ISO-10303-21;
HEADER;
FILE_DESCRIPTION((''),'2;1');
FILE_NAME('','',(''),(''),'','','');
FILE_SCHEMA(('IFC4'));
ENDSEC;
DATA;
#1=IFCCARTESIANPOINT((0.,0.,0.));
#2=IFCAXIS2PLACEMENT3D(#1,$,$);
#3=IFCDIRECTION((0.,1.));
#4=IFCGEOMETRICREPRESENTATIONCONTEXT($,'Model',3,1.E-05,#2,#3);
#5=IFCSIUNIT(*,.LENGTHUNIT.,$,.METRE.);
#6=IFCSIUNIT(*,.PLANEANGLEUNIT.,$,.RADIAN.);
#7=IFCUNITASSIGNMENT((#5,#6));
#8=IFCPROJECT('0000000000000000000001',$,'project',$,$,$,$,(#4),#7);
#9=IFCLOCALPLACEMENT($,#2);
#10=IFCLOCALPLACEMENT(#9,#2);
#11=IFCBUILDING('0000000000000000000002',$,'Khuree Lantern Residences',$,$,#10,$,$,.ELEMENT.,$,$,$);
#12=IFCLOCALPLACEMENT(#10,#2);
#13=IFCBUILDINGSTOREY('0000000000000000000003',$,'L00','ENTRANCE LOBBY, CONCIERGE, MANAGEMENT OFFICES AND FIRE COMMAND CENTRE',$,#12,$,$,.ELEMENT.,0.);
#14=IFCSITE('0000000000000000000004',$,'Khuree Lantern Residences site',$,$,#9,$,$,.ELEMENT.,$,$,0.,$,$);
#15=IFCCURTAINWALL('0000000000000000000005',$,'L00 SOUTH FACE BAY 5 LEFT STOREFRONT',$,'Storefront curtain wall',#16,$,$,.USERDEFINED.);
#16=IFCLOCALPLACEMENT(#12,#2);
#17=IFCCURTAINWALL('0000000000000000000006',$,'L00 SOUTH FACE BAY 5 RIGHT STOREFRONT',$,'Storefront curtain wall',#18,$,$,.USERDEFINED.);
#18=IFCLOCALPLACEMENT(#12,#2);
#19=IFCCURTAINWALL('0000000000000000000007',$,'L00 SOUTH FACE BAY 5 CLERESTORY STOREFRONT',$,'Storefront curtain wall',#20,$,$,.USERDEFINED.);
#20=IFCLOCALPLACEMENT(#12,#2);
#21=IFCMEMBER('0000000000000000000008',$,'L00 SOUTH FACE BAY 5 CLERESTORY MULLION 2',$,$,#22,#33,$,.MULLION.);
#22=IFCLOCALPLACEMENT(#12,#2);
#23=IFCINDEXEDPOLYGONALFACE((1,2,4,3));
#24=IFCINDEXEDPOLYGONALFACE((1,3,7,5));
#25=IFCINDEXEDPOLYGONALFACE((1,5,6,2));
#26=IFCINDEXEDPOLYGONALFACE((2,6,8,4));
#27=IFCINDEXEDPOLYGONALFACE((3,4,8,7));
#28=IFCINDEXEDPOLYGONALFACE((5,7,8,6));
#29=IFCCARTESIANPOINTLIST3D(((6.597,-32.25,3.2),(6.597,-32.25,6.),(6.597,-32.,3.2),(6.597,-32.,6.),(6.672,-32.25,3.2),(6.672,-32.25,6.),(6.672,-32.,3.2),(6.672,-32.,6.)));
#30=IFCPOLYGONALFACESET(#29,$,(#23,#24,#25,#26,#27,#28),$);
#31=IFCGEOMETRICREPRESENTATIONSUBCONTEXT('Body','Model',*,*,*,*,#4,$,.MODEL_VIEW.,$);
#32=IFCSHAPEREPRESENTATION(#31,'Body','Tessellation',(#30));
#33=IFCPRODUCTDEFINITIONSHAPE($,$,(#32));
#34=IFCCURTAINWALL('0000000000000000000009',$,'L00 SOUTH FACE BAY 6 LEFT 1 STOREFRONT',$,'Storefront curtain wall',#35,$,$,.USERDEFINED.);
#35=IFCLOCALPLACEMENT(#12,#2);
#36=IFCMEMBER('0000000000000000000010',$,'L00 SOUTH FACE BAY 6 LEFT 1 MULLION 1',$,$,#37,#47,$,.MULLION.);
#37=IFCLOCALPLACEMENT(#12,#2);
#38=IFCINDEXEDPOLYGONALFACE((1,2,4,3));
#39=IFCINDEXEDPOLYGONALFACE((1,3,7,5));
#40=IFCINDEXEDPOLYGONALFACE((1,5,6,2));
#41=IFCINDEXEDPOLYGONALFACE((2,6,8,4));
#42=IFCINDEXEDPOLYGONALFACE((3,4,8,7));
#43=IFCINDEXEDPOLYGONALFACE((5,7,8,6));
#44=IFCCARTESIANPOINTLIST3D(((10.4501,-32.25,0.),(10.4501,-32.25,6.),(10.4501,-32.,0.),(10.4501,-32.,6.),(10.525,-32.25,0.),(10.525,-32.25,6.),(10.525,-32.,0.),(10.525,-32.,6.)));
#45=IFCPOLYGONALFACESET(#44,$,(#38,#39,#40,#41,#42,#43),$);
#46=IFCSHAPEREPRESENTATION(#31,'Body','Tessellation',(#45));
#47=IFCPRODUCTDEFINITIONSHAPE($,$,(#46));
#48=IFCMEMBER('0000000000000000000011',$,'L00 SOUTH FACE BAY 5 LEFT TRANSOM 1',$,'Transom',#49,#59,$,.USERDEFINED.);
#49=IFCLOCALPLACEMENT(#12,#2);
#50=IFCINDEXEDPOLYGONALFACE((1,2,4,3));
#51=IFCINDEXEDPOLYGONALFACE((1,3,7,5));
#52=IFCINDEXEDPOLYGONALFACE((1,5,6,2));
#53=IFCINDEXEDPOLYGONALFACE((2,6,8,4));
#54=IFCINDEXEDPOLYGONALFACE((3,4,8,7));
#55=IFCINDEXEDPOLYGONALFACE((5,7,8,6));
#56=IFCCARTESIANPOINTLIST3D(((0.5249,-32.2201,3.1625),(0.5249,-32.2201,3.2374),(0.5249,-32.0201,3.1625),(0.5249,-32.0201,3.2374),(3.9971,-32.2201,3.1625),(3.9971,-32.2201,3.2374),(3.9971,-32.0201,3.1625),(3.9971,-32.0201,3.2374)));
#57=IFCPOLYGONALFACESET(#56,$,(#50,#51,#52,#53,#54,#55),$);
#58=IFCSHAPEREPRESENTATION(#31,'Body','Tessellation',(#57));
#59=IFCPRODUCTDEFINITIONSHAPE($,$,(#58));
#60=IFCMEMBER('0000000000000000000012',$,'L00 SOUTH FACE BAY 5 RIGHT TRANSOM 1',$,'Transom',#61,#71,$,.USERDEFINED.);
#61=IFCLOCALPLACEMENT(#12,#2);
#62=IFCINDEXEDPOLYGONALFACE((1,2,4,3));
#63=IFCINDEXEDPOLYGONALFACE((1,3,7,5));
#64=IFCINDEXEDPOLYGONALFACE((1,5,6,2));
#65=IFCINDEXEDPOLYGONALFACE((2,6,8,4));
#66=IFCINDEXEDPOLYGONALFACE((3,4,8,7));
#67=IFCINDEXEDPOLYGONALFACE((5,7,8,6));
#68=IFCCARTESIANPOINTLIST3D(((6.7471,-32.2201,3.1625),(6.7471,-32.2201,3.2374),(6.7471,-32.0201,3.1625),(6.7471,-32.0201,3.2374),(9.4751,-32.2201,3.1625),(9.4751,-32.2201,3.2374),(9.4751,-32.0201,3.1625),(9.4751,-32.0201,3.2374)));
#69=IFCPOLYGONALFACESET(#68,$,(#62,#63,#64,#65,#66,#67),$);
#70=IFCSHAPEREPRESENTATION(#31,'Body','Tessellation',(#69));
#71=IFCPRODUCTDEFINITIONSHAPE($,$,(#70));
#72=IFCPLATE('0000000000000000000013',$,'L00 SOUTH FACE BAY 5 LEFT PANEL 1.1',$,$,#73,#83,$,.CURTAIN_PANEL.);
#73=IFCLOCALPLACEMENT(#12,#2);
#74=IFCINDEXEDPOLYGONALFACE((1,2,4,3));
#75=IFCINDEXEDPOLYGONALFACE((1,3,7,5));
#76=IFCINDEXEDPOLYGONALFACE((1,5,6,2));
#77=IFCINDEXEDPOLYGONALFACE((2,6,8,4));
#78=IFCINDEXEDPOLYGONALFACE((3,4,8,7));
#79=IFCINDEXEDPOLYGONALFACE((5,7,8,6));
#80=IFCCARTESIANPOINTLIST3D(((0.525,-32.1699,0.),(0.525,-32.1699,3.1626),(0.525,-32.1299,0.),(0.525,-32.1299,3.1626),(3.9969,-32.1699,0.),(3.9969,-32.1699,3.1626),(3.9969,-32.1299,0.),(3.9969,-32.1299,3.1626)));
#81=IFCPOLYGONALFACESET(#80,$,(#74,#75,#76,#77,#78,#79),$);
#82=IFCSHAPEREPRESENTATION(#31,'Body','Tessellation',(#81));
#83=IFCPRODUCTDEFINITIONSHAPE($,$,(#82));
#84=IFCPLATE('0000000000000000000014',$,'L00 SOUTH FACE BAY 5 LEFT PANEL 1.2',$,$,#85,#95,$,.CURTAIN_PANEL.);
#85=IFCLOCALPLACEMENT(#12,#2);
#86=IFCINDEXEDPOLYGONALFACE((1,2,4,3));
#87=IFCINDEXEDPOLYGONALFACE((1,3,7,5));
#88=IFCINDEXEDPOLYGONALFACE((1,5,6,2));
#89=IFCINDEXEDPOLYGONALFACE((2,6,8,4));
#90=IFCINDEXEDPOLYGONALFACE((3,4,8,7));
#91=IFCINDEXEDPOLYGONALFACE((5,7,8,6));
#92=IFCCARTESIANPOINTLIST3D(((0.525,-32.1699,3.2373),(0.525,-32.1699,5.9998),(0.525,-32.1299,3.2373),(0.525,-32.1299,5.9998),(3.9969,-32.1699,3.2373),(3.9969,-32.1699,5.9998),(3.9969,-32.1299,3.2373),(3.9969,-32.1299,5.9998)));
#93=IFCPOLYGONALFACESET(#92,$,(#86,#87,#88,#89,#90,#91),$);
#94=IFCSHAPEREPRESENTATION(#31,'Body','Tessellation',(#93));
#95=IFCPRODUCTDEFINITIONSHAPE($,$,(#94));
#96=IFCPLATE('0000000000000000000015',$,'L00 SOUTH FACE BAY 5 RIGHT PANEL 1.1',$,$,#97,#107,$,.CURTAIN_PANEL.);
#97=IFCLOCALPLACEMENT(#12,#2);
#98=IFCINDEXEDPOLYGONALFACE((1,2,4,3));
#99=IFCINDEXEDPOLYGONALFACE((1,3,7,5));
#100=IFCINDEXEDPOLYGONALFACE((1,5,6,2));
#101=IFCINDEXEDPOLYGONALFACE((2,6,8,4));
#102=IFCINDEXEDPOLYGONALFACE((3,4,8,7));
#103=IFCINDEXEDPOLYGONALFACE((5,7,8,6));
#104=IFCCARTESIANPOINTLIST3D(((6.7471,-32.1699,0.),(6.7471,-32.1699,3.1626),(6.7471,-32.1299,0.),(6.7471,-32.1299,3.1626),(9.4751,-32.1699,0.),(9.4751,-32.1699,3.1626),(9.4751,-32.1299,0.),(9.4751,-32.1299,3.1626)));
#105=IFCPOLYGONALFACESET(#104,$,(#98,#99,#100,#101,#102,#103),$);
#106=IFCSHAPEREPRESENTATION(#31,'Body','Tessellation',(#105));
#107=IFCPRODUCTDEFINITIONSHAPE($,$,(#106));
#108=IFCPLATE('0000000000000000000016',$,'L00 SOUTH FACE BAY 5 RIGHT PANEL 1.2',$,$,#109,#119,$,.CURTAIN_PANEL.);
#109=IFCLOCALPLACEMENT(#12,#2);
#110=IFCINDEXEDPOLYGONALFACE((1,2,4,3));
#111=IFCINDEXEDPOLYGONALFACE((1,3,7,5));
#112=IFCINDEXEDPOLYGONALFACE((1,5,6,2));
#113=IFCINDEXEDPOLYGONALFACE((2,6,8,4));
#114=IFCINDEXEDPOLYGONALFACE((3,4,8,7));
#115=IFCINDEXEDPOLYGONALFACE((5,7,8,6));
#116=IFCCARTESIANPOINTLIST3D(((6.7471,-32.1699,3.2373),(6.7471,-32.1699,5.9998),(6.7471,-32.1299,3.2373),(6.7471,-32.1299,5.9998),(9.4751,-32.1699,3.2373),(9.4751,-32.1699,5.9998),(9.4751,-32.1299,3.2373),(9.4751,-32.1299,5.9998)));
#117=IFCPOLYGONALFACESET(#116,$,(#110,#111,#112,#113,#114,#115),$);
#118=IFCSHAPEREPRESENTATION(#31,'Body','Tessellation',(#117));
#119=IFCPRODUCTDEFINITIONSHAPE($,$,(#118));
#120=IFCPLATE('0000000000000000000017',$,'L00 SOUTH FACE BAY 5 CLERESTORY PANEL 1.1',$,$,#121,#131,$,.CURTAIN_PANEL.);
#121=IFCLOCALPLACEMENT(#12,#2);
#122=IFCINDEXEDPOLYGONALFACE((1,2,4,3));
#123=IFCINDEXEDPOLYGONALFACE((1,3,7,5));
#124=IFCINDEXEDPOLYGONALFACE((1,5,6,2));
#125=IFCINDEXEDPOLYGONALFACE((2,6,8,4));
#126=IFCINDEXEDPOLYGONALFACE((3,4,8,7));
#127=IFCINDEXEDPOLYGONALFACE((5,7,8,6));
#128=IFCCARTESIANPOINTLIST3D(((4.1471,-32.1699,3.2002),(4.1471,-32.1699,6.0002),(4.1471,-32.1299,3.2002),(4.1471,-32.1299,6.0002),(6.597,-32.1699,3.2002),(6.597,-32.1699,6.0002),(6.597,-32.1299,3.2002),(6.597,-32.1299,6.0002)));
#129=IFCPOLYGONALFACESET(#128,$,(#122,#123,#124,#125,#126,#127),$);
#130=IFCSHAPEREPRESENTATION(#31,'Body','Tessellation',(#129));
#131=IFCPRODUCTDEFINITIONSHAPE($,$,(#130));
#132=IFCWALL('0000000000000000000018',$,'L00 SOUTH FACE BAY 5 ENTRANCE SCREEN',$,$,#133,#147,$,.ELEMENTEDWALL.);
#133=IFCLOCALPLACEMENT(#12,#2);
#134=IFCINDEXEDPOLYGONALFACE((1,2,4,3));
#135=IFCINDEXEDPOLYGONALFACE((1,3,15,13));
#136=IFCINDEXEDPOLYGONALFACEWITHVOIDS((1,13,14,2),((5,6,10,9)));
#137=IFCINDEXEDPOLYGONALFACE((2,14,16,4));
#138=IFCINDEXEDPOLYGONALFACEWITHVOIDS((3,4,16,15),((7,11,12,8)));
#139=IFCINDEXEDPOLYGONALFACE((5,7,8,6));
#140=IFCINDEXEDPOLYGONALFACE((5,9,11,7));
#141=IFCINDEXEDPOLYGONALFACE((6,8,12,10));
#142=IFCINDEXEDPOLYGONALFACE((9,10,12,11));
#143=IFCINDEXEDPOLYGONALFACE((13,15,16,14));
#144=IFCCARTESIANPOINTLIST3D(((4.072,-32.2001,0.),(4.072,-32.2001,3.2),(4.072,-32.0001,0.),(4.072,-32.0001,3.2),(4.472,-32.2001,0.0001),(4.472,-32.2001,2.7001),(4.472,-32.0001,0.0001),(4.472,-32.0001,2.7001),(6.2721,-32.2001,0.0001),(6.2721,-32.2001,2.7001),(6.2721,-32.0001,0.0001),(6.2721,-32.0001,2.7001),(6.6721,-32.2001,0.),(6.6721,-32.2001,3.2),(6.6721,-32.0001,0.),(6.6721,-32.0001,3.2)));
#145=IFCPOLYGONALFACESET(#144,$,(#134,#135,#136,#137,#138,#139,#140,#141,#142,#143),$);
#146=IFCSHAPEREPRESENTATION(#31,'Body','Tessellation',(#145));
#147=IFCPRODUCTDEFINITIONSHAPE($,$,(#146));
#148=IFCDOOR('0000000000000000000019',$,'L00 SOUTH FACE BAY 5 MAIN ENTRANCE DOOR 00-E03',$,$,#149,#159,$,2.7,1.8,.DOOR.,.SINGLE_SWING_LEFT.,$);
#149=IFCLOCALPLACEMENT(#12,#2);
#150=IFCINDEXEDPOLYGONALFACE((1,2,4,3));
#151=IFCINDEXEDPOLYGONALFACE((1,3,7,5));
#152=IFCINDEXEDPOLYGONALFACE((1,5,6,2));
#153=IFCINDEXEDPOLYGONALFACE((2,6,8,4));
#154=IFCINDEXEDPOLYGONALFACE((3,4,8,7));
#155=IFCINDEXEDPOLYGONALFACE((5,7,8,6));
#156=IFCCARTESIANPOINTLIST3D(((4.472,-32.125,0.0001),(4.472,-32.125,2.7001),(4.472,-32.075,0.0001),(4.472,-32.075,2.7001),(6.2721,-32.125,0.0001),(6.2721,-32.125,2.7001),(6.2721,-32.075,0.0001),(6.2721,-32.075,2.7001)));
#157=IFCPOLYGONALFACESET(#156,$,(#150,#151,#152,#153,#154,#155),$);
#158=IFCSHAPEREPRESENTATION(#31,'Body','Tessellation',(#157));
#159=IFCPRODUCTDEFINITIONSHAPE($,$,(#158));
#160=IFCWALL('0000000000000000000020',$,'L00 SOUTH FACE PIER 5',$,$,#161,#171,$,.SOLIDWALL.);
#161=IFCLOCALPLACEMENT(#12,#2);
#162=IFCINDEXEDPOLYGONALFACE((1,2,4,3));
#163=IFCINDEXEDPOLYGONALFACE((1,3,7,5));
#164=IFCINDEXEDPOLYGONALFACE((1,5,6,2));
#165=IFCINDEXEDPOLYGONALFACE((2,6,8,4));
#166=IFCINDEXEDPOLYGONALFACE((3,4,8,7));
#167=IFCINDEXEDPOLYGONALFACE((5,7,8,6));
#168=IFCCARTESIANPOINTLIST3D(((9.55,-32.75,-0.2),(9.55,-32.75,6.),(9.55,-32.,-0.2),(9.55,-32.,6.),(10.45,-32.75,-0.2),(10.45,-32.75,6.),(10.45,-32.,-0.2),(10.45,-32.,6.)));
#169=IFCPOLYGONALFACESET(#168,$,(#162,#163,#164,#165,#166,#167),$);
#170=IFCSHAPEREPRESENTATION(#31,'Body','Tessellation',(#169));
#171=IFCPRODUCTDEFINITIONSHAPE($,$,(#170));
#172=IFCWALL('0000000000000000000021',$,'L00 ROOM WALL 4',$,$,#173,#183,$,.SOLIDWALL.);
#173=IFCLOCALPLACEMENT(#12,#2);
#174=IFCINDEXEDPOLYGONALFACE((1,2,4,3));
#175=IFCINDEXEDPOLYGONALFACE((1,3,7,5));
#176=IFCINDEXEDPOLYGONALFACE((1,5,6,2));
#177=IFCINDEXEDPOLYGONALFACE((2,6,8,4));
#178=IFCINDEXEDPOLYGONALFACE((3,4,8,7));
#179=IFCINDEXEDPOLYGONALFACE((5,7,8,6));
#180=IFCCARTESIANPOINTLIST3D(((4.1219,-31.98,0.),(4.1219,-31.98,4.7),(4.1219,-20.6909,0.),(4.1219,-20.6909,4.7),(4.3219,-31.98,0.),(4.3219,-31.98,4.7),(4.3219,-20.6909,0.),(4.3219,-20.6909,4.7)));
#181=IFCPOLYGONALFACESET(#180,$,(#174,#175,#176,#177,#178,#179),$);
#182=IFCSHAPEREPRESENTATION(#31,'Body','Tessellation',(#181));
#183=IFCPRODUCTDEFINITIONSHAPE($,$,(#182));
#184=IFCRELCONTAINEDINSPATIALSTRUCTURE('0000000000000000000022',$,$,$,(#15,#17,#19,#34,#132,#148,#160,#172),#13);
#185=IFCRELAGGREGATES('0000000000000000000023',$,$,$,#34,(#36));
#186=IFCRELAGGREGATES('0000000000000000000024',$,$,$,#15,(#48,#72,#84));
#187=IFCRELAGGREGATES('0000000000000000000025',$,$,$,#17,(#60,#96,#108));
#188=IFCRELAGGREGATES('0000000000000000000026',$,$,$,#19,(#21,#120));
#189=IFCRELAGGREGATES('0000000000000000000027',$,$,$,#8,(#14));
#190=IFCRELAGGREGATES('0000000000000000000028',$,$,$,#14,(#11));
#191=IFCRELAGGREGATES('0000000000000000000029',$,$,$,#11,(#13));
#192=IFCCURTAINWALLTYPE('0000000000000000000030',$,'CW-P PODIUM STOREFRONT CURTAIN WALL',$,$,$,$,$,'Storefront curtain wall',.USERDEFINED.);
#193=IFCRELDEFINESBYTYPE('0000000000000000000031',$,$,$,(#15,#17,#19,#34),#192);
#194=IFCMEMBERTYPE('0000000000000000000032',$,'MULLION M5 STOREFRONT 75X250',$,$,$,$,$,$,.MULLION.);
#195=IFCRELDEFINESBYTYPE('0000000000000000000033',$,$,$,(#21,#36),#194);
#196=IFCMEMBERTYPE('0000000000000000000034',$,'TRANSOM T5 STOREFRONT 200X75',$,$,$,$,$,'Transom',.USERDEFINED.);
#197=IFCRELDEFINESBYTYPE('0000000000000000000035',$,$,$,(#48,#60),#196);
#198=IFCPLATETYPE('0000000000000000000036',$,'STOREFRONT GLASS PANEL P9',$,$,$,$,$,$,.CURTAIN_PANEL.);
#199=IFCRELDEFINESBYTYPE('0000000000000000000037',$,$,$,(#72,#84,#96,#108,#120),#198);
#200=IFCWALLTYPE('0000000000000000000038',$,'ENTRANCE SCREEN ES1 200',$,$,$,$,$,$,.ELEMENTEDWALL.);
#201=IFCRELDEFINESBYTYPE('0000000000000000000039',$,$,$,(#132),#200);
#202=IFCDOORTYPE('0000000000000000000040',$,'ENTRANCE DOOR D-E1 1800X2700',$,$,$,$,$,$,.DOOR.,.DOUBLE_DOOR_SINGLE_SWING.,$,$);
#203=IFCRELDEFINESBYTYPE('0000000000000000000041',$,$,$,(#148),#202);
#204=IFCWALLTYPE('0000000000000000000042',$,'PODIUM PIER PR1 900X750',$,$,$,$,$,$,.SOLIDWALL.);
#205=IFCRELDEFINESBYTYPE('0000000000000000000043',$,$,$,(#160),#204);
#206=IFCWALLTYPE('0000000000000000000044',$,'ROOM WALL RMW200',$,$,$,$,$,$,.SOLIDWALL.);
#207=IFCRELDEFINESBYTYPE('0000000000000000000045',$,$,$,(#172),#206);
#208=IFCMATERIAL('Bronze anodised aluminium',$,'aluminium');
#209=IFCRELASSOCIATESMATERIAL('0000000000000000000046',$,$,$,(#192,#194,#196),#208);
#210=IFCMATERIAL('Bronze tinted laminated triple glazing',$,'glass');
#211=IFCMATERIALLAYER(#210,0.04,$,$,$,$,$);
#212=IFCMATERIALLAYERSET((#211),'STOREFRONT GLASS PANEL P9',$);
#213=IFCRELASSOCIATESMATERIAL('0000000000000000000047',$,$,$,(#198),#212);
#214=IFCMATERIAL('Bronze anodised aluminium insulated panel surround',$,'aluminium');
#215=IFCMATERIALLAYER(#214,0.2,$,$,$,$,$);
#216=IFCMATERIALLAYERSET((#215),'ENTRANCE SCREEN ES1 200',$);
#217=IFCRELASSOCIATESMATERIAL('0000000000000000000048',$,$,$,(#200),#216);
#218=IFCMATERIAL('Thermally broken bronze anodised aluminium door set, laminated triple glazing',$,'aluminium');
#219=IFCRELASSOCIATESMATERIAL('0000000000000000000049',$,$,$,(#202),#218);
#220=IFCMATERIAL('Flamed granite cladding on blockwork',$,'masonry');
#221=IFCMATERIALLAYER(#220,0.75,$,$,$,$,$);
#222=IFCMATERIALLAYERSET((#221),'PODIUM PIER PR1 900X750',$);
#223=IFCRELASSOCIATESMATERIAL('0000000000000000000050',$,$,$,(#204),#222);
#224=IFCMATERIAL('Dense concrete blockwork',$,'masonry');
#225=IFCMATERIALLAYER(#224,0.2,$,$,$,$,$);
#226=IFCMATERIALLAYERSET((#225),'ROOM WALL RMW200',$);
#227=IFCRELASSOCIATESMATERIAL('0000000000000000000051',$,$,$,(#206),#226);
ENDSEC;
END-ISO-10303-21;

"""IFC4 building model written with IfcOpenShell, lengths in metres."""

from ifc_helpers import new_model, si_unit, direction, frame, frame_2d, origin, origin_2d, place, context, subcontext, project, spatial, rectangle, extrude, material, layer, layer_set, material_profile, profile_set, type_object, element, fill, aggregate, save


model = new_model("IFC4")

# Units and contexts
model_context = context("Model", 3, precision=1e-05, world=origin(), true_north=direction((0.0, 1.0)))
body_context = subcontext(model_context, "Body", "Model", "MODEL_VIEW")
ifc_project = project(units=[si_unit("LENGTHUNIT", "METRE"), si_unit("PLANEANGLEUNIT", "RADIAN")], contexts=[model_context])

# Site, building, storey
site_placement = place(None, origin())
site = spatial("IfcSite", under=ifc_project, at=site_placement, Name="Khuree Lantern Residences site", CompositionType="ELEMENT", RefElevation=0.0)
building_placement = place(site_placement, origin())
building = spatial("IfcBuilding", under=site, at=building_placement, Name="Khuree Lantern Residences", CompositionType="ELEMENT")
storey_placement = place(building_placement, origin())
storey = spatial("IfcBuildingStorey", under=building, at=storey_placement, Name="L00", Description="ENTRANCE LOBBY, CONCIERGE, MANAGEMENT OFFICES AND FIRE COMMAND CENTRE", CompositionType="ELEMENT", Elevation=0.0)

# Curtain walls, member
ifc_material_1 = material(Name="Bronze anodised aluminium", Category="aluminium")
curtain_wall_type = type_object("IfcCurtainWallType", Name="CW-P PODIUM STOREFRONT CURTAIN WALL", ElementType="Storefront curtain wall", PredefinedType="USERDEFINED", material=ifc_material_1)
curtain_wall_1_placement = place(storey_placement, origin())
curtain_wall_1 = element("IfcCurtainWall", 1, at=curtain_wall_1_placement, inside=storey, type_object=curtain_wall_type, Name="L00 SOUTH FACE BAY 5 LEFT STOREFRONT", ObjectType="Storefront curtain wall", PredefinedType="USERDEFINED")
ifc_material_profile_1 = material_profile(ifc_material_1, rectangle(XDim=0.075, YDim=0.25, at=origin_2d()), Name="M5 75X250")
ifc_profile_set_1 = profile_set([ifc_material_profile_1], Name="Bronze anodised aluminium")
member_type_1 = type_object("IfcMemberType", Name="MULLION M5 STOREFRONT 75X250", PredefinedType="MULLION", material=ifc_profile_set_1)
curtain_wall_2_placement = place(storey_placement, origin())
curtain_wall_2 = element("IfcCurtainWall", 2, at=curtain_wall_2_placement, inside=storey, type_object=curtain_wall_type, Name="L00 SOUTH FACE BAY 5 RIGHT STOREFRONT", ObjectType="Storefront curtain wall", PredefinedType="USERDEFINED")
curtain_wall_3_placement = place(storey_placement, origin())
curtain_wall_3 = element("IfcCurtainWall", 3, at=curtain_wall_3_placement, inside=storey, type_object=curtain_wall_type, Name="L00 SOUTH FACE BAY 5 CLERESTORY STOREFRONT", ObjectType="Storefront curtain wall", PredefinedType="USERDEFINED")
member_1_placement = place(storey_placement, frame((6.6345, -32.125, 3.2), z_axis=(0.0, 0.0, 1.0), x_axis=(1.0, 0.0, 0.0)))
member_1 = element("IfcMember", 4, at=member_1_placement, type_object=member_type_1, Name="L00 SOUTH FACE BAY 5 CLERESTORY MULLION 2", PredefinedType="MULLION", context=body_context, shape_type="SweptSolid", body=[
    extrude(rectangle(XDim=0.075, YDim=0.25, at=origin_2d()), origin(), (0.0, 0.0, 1.0), 2.8),
])

# Curtain wall, member
curtain_wall_4_placement = place(storey_placement, origin())
curtain_wall_4 = element("IfcCurtainWall", 5, at=curtain_wall_4_placement, inside=storey, type_object=curtain_wall_type, Name="L00 SOUTH FACE BAY 6 LEFT 1 STOREFRONT", ObjectType="Storefront curtain wall", PredefinedType="USERDEFINED")
member_2_placement = place(storey_placement, frame((10.4875, -32.125, 0.0), z_axis=(0.0, 0.0, 1.0), x_axis=(1.0, 0.0, 0.0)))
member_2 = element("IfcMember", 6, at=member_2_placement, type_object=member_type_1, Name="L00 SOUTH FACE BAY 6 LEFT 1 MULLION 1", PredefinedType="MULLION", context=body_context, shape_type="SweptSolid", body=[
    extrude(rectangle(XDim=0.075, YDim=0.25, at=origin_2d()), origin(), (0.0, 0.0, 1.0), 6.0),
])
aggregate(curtain_wall_4, [member_2])

# Members
ifc_material_profile_2 = material_profile(ifc_material_1, rectangle(XDim=0.2, YDim=0.075, at=origin_2d()), Name="T5 200X75")
ifc_profile_set_2 = profile_set([ifc_material_profile_2], Name="Bronze anodised aluminium")
member_type_2 = type_object("IfcMemberType", Name="TRANSOM T5 STOREFRONT 200X75", ElementType="Transom", PredefinedType="USERDEFINED", material=ifc_profile_set_2)
member_3_placement = place(storey_placement, frame((0.5249, -32.1201, 3.2), z_axis=(1.0, 0.0, 0.0), x_axis=(0.0, 1.0, 0.0)))
member_3 = element("IfcMember", 7, at=member_3_placement, type_object=member_type_2, Name="L00 SOUTH FACE BAY 5 LEFT TRANSOM 1", ObjectType="Transom", PredefinedType="USERDEFINED", context=body_context, shape_type="SweptSolid", body=[
    extrude(rectangle(XDim=0.2, YDim=0.075, at=origin_2d()), origin(), (0.0, 0.0, 1.0), 3.4722),
])
member_4_placement = place(storey_placement, frame((6.7471, -32.1201, 3.2), z_axis=(1.0, 0.0, 0.0), x_axis=(0.0, 1.0, 0.0)))
member_4 = element("IfcMember", 8, at=member_4_placement, type_object=member_type_2, Name="L00 SOUTH FACE BAY 5 RIGHT TRANSOM 1", ObjectType="Transom", PredefinedType="USERDEFINED", context=body_context, shape_type="SweptSolid", body=[
    extrude(rectangle(XDim=0.2, YDim=0.075, at=origin_2d()), origin(), (0.0, 0.0, 1.0), 2.728),
])

# Plates
ifc_material_2 = material(Name="Bronze tinted laminated triple glazing", Category="glass")
ifc_layer_1 = layer(ifc_material_2, 0.04)
ifc_layer_set_1 = layer_set([ifc_layer_1], Name="STOREFRONT GLASS PANEL P9")
plate_type = type_object("IfcPlateType", Name="STOREFRONT GLASS PANEL P9", PredefinedType="CURTAIN_PANEL", material=ifc_layer_set_1)
plate_1_placement = place(storey_placement, frame((2.261, -32.1499, 0.0), z_axis=(0.0, 0.0, 1.0), x_axis=(1.0, 0.0, 0.0)))
plate_1 = element("IfcPlate", 9, at=plate_1_placement, type_object=plate_type, Name="L00 SOUTH FACE BAY 5 LEFT PANEL 1.1", PredefinedType="CURTAIN_PANEL", context=body_context, shape_type="SweptSolid", body=[
    extrude(rectangle(XDim=3.4719, YDim=0.04, at=origin_2d()), origin(), (0.0, 0.0, 1.0), 3.1626),
])
plate_2_placement = place(storey_placement, frame((2.261, -32.1499, 3.2373), z_axis=(0.0, 0.0, 1.0), x_axis=(1.0, 0.0, 0.0)))
plate_2 = element("IfcPlate", 10, at=plate_2_placement, type_object=plate_type, Name="L00 SOUTH FACE BAY 5 LEFT PANEL 1.2", PredefinedType="CURTAIN_PANEL", context=body_context, shape_type="SweptSolid", body=[
    extrude(rectangle(XDim=3.4719, YDim=0.04, at=origin_2d()), origin(), (0.0, 0.0, 1.0), 2.7625),
])
aggregate(curtain_wall_1, [member_3, plate_1, plate_2])
plate_3_placement = place(storey_placement, frame((8.1111, -32.1499, 0.0), z_axis=(0.0, 0.0, 1.0), x_axis=(1.0, 0.0, 0.0)))
plate_3 = element("IfcPlate", 11, at=plate_3_placement, type_object=plate_type, Name="L00 SOUTH FACE BAY 5 RIGHT PANEL 1.1", PredefinedType="CURTAIN_PANEL", context=body_context, shape_type="SweptSolid", body=[
    extrude(rectangle(XDim=2.728, YDim=0.04, at=origin_2d()), origin(), (0.0, 0.0, 1.0), 3.1626),
])
plate_4_placement = place(storey_placement, frame((8.1111, -32.1499, 3.2373), z_axis=(0.0, 0.0, 1.0), x_axis=(1.0, 0.0, 0.0)))
plate_4 = element("IfcPlate", 12, at=plate_4_placement, type_object=plate_type, Name="L00 SOUTH FACE BAY 5 RIGHT PANEL 1.2", PredefinedType="CURTAIN_PANEL", context=body_context, shape_type="SweptSolid", body=[
    extrude(rectangle(XDim=2.728, YDim=0.04, at=origin_2d()), origin(), (0.0, 0.0, 1.0), 2.7625),
])
aggregate(curtain_wall_2, [member_4, plate_3, plate_4])
plate_5_placement = place(storey_placement, frame((5.3721, -32.1499, 3.2002), z_axis=(0.0, 0.0, 1.0), x_axis=(1.0, 0.0, 0.0)))
plate_5 = element("IfcPlate", 13, at=plate_5_placement, type_object=plate_type, Name="L00 SOUTH FACE BAY 5 CLERESTORY PANEL 1.1", PredefinedType="CURTAIN_PANEL", context=body_context, shape_type="SweptSolid", body=[
    extrude(rectangle(XDim=2.45, YDim=0.04, at=origin_2d()), origin(), (0.0, 0.0, 1.0), 2.8),
])
aggregate(curtain_wall_3, [member_1, plate_5])

# Wall, opening, door
ifc_material_3 = material(Name="Bronze anodised aluminium insulated panel surround", Category="aluminium")
ifc_layer_2 = layer(ifc_material_3, 0.2)
ifc_layer_set_2 = layer_set([ifc_layer_2], Name="ENTRANCE SCREEN ES1 200")
wall_type_1 = type_object("IfcWallType", Name="ENTRANCE SCREEN ES1 200", PredefinedType="ELEMENTEDWALL", material=ifc_layer_set_2)
wall_1_placement = place(storey_placement, frame((4.072, -32.1001, 0.0), z_axis=(0.0, 0.0, 1.0), x_axis=(1.0, 0.0, 0.0)))
wall_1 = element("IfcWall", 14, at=wall_1_placement, inside=storey, type_object=wall_type_1, Name="L00 SOUTH FACE BAY 5 ENTRANCE SCREEN", PredefinedType="ELEMENTEDWALL", context=body_context, shape_type="SweptSolid", body=[
    extrude(rectangle(XDim=2.6001, YDim=0.2, at=frame_2d((1.3, 0.0))), origin(), (0.0, 0.0, 1.0), 3.2),
])
opening_placement = place(wall_1_placement, frame((2.2, 0.0, 0.0), z_axis=(0.0, 0.0, 1.0), x_axis=(-1.0, 0.0, 0.0)))
opening = element("IfcOpeningElement", 15, at=opening_placement, cuts=wall_1, PredefinedType="OPENING", context=body_context, shape_type="SweptSolid", body=[
    extrude(rectangle(XDim=1.8, YDim=2.7, at=frame_2d((0.8999, 1.3501))), frame((0.0, 0.1099, 0.0), z_axis=(0.0, -1.0, 0.0), x_axis=(1.0, 0.0, 0.0)), (0.0, 0.0, 1.0), 0.22),
])
ifc_material_4 = material(Name="Thermally broken bronze anodised aluminium door set, laminated triple glazing", Category="aluminium")
door_type = type_object("IfcDoorType", Name="ENTRANCE DOOR D-E1 1800X2700", OperationType="DOUBLE_DOOR_SINGLE_SWING", PredefinedType="DOOR", material=ifc_material_4)
door_placement = place(opening_placement, origin())
door = element("IfcDoor", 16, at=door_placement, inside=storey, type_object=door_type, Name="L00 SOUTH FACE BAY 5 MAIN ENTRANCE DOOR 00-E03", OperationType="SINGLE_SWING_LEFT", OverallHeight=2.7, OverallWidth=1.8, PredefinedType="DOOR", context=body_context, shape_type="SweptSolid", body=[
    extrude(rectangle(XDim=1.8, YDim=2.7, at=frame_2d((0.8999, 1.3501))), frame((0.0, 0.0249, 0.0), z_axis=(0.0, -1.0, 0.0), x_axis=(1.0, 0.0, 0.0)), (0.0, 0.0, 1.0), 0.05),
])
fill(opening, door)

# Walls
ifc_material_5 = material(Name="Flamed granite cladding on blockwork", Category="masonry")
ifc_layer_3 = layer(ifc_material_5, 0.75)
ifc_layer_set_3 = layer_set([ifc_layer_3], Name="PODIUM PIER PR1 900X750")
wall_type_2 = type_object("IfcWallType", Name="PODIUM PIER PR1 900X750", PredefinedType="SOLIDWALL", material=ifc_layer_set_3)
wall_2_placement = place(storey_placement, frame((9.55, -32.375, -0.2), z_axis=(0.0, 0.0, 1.0), x_axis=(1.0, 0.0, 0.0)))
element("IfcWall", 17, at=wall_2_placement, inside=storey, type_object=wall_type_2, Name="L00 SOUTH FACE PIER 5", PredefinedType="SOLIDWALL", context=body_context, shape_type="SweptSolid", body=[
    extrude(rectangle(XDim=0.8999, YDim=0.75, at=frame_2d((0.45, 0.0))), origin(), (0.0, 0.0, 1.0), 6.2),
])
ifc_material_6 = material(Name="Dense concrete blockwork", Category="masonry")
ifc_layer_4 = layer(ifc_material_6, 0.2)
ifc_layer_set_4 = layer_set([ifc_layer_4], Name="ROOM WALL RMW200")
wall_type_3 = type_object("IfcWallType", Name="ROOM WALL RMW200", PredefinedType="SOLIDWALL", material=ifc_layer_set_4)
wall_3_placement = place(storey_placement, frame((4.2219, -31.98, 0.0), z_axis=(0.0, 0.0, 1.0), x_axis=(0.0, 1.0, 0.0)))
element("IfcWall", 18, at=wall_3_placement, inside=storey, type_object=wall_type_3, Name="L00 ROOM WALL 4", PredefinedType="SOLIDWALL", context=body_context, shape_type="SweptSolid", body=[
    extrude(rectangle(XDim=11.2891, YDim=0.2, at=frame_2d((5.6445, 0.0))), origin(), (0.0, 0.0, 1.0), 4.7),
])

save(model, "model.ifc")
